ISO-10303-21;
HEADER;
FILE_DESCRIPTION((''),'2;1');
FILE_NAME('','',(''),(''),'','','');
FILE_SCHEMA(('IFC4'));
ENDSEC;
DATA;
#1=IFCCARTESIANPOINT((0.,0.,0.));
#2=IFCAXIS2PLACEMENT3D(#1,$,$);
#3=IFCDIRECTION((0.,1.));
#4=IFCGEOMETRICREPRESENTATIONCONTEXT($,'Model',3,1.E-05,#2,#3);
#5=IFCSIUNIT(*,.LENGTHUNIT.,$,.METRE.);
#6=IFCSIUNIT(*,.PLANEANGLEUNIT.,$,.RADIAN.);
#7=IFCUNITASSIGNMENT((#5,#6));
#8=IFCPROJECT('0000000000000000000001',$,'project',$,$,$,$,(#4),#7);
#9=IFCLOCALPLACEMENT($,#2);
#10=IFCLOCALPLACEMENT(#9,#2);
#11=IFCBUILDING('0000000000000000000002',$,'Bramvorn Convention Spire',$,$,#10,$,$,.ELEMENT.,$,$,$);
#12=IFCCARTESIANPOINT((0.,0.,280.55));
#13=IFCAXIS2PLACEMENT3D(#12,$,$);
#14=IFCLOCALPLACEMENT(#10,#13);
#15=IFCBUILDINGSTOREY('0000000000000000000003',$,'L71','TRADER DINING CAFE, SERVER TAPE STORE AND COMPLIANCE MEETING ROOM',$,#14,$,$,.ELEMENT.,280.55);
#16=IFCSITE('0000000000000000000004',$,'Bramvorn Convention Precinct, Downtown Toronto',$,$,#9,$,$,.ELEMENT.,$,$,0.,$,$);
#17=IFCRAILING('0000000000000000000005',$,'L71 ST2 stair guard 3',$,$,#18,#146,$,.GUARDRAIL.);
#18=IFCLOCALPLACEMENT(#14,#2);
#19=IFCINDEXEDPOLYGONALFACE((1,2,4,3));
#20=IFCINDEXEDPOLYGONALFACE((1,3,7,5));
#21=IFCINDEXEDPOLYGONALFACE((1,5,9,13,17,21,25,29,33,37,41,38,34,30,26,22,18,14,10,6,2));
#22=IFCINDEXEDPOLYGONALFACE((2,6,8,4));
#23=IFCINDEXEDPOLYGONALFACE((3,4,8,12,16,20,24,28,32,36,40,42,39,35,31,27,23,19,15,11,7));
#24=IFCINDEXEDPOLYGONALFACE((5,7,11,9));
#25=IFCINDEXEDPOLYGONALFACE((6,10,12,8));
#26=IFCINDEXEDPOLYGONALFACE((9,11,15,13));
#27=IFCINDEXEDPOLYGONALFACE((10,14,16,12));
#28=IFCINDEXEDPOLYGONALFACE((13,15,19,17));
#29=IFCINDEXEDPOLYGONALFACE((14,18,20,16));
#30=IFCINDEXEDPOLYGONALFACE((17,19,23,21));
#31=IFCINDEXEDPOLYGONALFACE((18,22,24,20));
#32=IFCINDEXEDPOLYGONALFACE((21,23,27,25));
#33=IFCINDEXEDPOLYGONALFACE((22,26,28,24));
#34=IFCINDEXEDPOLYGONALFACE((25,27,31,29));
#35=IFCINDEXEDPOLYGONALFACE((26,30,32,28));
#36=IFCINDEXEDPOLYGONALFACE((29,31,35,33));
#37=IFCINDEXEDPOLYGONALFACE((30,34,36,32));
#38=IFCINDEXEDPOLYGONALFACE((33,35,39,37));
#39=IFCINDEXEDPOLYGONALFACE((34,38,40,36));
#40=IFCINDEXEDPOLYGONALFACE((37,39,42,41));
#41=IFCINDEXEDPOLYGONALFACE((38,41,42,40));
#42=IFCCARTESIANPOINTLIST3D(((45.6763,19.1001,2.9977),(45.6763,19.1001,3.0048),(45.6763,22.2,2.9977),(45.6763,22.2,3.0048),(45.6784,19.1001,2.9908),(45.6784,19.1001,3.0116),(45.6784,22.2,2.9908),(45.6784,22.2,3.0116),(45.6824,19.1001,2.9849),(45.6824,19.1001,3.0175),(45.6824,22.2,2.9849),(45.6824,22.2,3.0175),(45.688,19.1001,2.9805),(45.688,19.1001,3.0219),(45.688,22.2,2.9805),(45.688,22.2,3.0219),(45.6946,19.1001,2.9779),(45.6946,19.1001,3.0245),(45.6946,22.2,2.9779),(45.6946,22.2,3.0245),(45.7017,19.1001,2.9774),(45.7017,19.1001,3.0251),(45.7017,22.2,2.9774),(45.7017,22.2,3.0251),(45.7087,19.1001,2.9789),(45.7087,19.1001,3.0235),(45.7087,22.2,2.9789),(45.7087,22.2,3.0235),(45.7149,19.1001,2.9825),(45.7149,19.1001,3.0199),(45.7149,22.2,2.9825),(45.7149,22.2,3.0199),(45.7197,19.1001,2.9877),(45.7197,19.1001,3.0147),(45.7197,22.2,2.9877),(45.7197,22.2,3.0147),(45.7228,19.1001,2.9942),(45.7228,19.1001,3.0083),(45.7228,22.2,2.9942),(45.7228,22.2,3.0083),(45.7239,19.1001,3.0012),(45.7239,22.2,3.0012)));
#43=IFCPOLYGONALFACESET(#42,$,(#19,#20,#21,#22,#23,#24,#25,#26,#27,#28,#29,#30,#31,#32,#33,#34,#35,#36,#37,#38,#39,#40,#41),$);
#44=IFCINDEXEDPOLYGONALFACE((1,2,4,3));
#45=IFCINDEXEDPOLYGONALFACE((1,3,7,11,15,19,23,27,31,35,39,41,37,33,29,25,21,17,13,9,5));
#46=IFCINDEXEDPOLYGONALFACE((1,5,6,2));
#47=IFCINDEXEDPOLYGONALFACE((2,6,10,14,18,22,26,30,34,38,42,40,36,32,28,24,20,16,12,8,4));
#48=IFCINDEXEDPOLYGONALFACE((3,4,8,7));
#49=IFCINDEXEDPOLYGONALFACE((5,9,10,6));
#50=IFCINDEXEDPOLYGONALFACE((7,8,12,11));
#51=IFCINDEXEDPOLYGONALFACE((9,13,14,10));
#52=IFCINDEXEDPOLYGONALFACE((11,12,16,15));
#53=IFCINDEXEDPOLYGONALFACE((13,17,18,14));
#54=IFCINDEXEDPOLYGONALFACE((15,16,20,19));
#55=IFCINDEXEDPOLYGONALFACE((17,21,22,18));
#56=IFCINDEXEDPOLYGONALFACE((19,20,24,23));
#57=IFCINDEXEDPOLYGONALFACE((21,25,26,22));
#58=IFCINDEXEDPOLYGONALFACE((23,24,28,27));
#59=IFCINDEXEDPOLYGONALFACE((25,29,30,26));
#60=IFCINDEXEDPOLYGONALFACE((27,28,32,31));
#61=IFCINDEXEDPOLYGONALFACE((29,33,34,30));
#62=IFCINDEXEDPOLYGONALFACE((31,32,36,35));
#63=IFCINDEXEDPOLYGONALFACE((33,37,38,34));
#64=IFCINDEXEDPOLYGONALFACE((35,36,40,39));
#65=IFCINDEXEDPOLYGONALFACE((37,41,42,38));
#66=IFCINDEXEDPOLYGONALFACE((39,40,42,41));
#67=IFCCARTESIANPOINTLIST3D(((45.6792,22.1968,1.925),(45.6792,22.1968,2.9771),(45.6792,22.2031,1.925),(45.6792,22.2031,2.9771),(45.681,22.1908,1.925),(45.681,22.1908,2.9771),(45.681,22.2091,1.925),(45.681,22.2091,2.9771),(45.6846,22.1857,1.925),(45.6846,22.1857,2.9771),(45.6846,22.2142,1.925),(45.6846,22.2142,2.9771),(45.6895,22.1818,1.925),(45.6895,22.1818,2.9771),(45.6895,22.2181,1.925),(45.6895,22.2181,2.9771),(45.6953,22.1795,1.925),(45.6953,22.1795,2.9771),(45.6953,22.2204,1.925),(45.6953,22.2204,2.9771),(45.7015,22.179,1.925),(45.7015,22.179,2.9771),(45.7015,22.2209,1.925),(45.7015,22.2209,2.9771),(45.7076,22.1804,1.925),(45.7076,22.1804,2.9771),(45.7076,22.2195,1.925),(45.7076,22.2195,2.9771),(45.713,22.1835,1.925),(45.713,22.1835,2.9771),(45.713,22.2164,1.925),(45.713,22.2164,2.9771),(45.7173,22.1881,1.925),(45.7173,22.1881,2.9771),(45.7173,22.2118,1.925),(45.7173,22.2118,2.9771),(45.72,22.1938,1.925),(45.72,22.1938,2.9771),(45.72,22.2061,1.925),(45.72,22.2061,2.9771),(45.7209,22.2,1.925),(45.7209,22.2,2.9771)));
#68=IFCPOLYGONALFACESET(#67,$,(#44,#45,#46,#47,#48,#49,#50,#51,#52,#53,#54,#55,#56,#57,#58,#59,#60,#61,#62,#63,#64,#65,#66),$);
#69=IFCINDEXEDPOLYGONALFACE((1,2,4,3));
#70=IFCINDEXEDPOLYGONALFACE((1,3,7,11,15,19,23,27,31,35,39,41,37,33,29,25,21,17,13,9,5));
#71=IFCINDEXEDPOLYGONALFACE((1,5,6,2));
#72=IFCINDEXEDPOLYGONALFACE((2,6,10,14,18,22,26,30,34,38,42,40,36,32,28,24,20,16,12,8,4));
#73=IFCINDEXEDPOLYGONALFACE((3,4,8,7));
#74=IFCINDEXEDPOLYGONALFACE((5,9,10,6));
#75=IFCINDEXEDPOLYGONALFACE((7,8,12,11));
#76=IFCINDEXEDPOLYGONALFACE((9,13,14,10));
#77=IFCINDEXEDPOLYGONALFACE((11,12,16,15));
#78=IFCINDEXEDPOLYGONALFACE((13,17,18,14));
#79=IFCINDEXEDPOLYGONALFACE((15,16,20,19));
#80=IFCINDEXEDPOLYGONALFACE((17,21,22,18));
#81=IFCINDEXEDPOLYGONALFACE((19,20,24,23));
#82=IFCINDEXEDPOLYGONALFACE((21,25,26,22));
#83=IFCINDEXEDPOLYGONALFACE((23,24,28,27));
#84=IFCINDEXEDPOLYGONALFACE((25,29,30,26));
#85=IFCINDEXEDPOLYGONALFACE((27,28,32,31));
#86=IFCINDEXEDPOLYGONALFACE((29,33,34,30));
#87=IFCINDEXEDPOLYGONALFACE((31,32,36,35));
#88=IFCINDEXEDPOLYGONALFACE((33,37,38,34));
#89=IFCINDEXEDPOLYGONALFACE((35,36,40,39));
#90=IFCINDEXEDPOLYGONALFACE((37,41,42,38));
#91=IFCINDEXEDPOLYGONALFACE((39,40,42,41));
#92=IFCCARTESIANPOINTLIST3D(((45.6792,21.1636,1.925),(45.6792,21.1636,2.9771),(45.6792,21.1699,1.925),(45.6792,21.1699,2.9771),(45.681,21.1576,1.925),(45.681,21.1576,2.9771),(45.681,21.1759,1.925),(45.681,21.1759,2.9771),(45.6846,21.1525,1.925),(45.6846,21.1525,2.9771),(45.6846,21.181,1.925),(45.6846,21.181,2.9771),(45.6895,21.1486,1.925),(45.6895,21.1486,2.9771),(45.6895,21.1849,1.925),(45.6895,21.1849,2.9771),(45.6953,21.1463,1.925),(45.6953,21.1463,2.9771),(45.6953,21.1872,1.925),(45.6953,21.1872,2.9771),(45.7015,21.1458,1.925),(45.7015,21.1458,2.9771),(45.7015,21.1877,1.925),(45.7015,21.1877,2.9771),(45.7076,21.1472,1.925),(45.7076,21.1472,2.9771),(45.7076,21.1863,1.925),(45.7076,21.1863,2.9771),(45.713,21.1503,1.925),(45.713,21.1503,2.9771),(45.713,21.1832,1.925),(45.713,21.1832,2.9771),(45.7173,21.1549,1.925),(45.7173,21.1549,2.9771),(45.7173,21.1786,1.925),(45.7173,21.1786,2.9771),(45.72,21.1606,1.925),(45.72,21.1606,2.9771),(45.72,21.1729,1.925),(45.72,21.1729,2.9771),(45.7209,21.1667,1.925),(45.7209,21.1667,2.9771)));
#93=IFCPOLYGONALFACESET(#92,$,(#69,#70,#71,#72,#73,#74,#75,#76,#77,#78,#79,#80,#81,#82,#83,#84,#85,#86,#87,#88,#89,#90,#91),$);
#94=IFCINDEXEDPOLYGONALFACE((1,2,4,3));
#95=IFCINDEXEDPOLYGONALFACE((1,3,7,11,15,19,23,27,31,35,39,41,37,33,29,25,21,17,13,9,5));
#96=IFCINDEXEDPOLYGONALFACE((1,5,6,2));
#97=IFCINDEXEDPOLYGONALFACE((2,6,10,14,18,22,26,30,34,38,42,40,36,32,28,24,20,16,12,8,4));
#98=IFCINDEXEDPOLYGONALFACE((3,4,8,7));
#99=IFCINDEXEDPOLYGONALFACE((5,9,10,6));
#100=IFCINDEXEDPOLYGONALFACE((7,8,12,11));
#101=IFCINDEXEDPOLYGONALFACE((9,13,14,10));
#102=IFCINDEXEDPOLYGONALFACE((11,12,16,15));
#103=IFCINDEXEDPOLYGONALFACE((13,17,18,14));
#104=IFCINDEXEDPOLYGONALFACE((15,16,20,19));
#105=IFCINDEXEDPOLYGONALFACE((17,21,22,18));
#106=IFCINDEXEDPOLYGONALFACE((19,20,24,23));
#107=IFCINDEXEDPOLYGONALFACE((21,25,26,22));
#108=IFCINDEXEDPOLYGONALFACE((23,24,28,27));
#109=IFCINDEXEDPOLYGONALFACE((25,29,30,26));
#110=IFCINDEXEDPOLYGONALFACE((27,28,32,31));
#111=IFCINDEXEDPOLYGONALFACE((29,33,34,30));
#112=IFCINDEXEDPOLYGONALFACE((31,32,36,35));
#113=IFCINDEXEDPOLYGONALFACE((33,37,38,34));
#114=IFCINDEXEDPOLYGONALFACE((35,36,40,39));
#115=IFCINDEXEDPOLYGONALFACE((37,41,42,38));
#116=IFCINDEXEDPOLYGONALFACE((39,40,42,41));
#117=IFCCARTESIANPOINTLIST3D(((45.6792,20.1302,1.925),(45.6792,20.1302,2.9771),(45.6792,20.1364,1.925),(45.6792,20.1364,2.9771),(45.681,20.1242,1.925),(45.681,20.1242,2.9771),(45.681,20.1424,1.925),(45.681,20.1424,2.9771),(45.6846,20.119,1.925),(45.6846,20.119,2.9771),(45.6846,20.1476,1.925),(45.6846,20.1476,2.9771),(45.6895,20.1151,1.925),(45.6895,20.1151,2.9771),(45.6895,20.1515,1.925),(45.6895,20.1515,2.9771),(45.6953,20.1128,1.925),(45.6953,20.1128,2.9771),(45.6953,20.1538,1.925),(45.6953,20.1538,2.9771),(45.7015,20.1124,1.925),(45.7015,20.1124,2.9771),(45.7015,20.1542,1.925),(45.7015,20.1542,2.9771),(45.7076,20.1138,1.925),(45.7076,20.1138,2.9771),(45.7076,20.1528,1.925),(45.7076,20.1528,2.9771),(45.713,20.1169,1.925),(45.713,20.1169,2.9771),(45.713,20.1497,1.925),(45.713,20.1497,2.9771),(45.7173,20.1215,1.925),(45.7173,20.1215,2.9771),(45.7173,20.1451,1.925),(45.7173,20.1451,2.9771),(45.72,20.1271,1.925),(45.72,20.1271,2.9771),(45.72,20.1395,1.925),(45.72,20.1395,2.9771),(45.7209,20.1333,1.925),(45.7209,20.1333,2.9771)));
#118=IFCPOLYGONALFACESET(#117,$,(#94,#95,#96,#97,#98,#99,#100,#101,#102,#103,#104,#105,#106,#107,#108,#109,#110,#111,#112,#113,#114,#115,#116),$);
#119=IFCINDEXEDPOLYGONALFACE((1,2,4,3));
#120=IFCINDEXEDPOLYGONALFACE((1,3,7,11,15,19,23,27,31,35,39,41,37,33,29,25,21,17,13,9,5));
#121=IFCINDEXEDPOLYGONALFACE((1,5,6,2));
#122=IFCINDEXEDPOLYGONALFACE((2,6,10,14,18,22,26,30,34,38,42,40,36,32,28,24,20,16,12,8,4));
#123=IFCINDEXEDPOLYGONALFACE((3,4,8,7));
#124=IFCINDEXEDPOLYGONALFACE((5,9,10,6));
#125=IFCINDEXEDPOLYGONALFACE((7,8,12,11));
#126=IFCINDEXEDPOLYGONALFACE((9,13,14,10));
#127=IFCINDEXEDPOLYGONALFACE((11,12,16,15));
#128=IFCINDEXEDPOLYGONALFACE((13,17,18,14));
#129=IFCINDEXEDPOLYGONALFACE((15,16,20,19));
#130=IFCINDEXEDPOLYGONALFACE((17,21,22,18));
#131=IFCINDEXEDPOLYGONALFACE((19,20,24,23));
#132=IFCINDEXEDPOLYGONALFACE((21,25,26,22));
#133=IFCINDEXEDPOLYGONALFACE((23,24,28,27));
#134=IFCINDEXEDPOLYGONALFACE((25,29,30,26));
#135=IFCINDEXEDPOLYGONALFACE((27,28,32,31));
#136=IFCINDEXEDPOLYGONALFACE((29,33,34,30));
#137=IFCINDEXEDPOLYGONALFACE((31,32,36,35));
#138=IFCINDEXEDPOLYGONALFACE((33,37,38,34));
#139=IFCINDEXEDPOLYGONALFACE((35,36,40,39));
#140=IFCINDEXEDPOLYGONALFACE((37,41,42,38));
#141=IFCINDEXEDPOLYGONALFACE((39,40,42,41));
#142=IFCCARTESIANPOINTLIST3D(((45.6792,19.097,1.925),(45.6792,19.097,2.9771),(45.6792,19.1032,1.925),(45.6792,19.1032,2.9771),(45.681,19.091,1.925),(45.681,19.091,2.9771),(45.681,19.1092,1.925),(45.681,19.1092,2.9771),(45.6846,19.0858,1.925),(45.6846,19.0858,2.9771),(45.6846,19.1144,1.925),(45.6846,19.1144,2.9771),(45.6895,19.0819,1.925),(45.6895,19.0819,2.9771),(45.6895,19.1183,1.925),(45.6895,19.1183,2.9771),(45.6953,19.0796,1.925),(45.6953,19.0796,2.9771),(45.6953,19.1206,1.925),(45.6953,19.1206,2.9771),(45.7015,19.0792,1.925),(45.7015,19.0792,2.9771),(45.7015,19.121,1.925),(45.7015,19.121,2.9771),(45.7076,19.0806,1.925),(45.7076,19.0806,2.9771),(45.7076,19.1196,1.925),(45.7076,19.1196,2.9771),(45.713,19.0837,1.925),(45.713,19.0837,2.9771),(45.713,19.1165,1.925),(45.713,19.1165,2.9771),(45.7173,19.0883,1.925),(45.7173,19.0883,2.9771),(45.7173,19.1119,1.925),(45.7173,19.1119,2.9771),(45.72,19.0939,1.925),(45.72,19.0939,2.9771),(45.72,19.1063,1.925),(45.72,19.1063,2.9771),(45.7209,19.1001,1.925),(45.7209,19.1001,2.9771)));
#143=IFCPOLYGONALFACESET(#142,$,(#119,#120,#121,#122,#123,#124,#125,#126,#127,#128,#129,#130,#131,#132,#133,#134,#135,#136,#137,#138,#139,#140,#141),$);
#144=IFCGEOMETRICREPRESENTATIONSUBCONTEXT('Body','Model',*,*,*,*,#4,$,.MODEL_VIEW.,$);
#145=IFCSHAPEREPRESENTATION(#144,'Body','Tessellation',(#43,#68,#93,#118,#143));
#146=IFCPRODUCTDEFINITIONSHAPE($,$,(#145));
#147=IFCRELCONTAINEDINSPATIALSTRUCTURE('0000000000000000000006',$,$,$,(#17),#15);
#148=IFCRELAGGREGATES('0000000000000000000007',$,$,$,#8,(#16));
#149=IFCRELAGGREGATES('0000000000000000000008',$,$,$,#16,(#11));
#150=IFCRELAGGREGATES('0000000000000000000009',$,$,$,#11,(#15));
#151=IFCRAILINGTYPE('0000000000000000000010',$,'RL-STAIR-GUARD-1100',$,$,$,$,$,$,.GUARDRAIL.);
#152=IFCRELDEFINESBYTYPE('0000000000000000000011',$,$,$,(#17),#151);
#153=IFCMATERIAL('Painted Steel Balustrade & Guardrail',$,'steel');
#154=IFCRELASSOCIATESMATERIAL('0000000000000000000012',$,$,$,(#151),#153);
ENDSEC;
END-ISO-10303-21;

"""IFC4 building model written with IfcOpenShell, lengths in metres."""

from ifc_helpers import new_model, si_unit, direction, frame, origin, origin_2d, place, context, subcontext, project, spatial, circle, extrude, material, type_object, element, save


model = new_model("IFC4")

# Units and contexts
model_context = context("Model", 3, precision=1e-05, world=origin(), true_north=direction((0.0, 1.0)))
body_context = subcontext(model_context, "Body", "Model", "MODEL_VIEW")
ifc_project = project(units=[si_unit("LENGTHUNIT", "METRE"), si_unit("PLANEANGLEUNIT", "RADIAN")], contexts=[model_context])

# Site, building, storey
site_placement = place(None, origin())
site = spatial("IfcSite", under=ifc_project, at=site_placement, Name="Bramvorn Convention Precinct, Downtown Toronto", CompositionType="ELEMENT", RefElevation=0.0)
building_placement = place(site_placement, origin())
building = spatial("IfcBuilding", under=site, at=building_placement, Name="Bramvorn Convention Spire", CompositionType="ELEMENT")
storey_placement = place(building_placement, frame((0.0, 0.0, 280.55)))
storey = spatial("IfcBuildingStorey", under=building, at=storey_placement, Name="L71", Description="TRADER DINING CAFE, SERVER TAPE STORE AND COMPLIANCE MEETING ROOM", CompositionType="ELEMENT", Elevation=280.55)

# Railing
ifc_material_1 = material(Name="Painted Steel Balustrade & Guardrail", Category="steel")
railing_type = type_object("IfcRailingType", Name="RL-STAIR-GUARD-1100", PredefinedType="GUARDRAIL", material=ifc_material_1)
railing_1_placement = place(storey_placement, frame((45.7, 22.2, 1.925)))
element("IfcRailing", 1, at=railing_1_placement, inside=storey, type_object=railing_type, Name="L71 ST2 stair guard 3", PredefinedType="GUARDRAIL", context=body_context, shape_type="SweptSolid", body=[
    extrude(circle(Radius=0.0239, at=origin_2d()), frame((0.0, 0.0, 1.0762), z_axis=(0.0, -1.0, 0.0), x_axis=(1.0, 0.0, 0.0)), (0.0, 0.0, 1.0), 3.0999),
    extrude(circle(Radius=0.021, at=origin_2d()), origin(), (0.0, 0.0, 1.0), 1.052),
    extrude(circle(Radius=0.021, at=origin_2d()), frame((0.0, -1.0332, 0.0)), (0.0, 0.0, 1.0), 1.052),
    extrude(circle(Radius=0.021, at=origin_2d()), frame((0.0, -2.0667, 0.0)), (0.0, 0.0, 1.0), 1.052),
    extrude(circle(Radius=0.021, at=origin_2d()), frame((0.0, -3.0999, 0.0)), (0.0, 0.0, 1.0), 1.052),
])

save(model, "model.ifc")
